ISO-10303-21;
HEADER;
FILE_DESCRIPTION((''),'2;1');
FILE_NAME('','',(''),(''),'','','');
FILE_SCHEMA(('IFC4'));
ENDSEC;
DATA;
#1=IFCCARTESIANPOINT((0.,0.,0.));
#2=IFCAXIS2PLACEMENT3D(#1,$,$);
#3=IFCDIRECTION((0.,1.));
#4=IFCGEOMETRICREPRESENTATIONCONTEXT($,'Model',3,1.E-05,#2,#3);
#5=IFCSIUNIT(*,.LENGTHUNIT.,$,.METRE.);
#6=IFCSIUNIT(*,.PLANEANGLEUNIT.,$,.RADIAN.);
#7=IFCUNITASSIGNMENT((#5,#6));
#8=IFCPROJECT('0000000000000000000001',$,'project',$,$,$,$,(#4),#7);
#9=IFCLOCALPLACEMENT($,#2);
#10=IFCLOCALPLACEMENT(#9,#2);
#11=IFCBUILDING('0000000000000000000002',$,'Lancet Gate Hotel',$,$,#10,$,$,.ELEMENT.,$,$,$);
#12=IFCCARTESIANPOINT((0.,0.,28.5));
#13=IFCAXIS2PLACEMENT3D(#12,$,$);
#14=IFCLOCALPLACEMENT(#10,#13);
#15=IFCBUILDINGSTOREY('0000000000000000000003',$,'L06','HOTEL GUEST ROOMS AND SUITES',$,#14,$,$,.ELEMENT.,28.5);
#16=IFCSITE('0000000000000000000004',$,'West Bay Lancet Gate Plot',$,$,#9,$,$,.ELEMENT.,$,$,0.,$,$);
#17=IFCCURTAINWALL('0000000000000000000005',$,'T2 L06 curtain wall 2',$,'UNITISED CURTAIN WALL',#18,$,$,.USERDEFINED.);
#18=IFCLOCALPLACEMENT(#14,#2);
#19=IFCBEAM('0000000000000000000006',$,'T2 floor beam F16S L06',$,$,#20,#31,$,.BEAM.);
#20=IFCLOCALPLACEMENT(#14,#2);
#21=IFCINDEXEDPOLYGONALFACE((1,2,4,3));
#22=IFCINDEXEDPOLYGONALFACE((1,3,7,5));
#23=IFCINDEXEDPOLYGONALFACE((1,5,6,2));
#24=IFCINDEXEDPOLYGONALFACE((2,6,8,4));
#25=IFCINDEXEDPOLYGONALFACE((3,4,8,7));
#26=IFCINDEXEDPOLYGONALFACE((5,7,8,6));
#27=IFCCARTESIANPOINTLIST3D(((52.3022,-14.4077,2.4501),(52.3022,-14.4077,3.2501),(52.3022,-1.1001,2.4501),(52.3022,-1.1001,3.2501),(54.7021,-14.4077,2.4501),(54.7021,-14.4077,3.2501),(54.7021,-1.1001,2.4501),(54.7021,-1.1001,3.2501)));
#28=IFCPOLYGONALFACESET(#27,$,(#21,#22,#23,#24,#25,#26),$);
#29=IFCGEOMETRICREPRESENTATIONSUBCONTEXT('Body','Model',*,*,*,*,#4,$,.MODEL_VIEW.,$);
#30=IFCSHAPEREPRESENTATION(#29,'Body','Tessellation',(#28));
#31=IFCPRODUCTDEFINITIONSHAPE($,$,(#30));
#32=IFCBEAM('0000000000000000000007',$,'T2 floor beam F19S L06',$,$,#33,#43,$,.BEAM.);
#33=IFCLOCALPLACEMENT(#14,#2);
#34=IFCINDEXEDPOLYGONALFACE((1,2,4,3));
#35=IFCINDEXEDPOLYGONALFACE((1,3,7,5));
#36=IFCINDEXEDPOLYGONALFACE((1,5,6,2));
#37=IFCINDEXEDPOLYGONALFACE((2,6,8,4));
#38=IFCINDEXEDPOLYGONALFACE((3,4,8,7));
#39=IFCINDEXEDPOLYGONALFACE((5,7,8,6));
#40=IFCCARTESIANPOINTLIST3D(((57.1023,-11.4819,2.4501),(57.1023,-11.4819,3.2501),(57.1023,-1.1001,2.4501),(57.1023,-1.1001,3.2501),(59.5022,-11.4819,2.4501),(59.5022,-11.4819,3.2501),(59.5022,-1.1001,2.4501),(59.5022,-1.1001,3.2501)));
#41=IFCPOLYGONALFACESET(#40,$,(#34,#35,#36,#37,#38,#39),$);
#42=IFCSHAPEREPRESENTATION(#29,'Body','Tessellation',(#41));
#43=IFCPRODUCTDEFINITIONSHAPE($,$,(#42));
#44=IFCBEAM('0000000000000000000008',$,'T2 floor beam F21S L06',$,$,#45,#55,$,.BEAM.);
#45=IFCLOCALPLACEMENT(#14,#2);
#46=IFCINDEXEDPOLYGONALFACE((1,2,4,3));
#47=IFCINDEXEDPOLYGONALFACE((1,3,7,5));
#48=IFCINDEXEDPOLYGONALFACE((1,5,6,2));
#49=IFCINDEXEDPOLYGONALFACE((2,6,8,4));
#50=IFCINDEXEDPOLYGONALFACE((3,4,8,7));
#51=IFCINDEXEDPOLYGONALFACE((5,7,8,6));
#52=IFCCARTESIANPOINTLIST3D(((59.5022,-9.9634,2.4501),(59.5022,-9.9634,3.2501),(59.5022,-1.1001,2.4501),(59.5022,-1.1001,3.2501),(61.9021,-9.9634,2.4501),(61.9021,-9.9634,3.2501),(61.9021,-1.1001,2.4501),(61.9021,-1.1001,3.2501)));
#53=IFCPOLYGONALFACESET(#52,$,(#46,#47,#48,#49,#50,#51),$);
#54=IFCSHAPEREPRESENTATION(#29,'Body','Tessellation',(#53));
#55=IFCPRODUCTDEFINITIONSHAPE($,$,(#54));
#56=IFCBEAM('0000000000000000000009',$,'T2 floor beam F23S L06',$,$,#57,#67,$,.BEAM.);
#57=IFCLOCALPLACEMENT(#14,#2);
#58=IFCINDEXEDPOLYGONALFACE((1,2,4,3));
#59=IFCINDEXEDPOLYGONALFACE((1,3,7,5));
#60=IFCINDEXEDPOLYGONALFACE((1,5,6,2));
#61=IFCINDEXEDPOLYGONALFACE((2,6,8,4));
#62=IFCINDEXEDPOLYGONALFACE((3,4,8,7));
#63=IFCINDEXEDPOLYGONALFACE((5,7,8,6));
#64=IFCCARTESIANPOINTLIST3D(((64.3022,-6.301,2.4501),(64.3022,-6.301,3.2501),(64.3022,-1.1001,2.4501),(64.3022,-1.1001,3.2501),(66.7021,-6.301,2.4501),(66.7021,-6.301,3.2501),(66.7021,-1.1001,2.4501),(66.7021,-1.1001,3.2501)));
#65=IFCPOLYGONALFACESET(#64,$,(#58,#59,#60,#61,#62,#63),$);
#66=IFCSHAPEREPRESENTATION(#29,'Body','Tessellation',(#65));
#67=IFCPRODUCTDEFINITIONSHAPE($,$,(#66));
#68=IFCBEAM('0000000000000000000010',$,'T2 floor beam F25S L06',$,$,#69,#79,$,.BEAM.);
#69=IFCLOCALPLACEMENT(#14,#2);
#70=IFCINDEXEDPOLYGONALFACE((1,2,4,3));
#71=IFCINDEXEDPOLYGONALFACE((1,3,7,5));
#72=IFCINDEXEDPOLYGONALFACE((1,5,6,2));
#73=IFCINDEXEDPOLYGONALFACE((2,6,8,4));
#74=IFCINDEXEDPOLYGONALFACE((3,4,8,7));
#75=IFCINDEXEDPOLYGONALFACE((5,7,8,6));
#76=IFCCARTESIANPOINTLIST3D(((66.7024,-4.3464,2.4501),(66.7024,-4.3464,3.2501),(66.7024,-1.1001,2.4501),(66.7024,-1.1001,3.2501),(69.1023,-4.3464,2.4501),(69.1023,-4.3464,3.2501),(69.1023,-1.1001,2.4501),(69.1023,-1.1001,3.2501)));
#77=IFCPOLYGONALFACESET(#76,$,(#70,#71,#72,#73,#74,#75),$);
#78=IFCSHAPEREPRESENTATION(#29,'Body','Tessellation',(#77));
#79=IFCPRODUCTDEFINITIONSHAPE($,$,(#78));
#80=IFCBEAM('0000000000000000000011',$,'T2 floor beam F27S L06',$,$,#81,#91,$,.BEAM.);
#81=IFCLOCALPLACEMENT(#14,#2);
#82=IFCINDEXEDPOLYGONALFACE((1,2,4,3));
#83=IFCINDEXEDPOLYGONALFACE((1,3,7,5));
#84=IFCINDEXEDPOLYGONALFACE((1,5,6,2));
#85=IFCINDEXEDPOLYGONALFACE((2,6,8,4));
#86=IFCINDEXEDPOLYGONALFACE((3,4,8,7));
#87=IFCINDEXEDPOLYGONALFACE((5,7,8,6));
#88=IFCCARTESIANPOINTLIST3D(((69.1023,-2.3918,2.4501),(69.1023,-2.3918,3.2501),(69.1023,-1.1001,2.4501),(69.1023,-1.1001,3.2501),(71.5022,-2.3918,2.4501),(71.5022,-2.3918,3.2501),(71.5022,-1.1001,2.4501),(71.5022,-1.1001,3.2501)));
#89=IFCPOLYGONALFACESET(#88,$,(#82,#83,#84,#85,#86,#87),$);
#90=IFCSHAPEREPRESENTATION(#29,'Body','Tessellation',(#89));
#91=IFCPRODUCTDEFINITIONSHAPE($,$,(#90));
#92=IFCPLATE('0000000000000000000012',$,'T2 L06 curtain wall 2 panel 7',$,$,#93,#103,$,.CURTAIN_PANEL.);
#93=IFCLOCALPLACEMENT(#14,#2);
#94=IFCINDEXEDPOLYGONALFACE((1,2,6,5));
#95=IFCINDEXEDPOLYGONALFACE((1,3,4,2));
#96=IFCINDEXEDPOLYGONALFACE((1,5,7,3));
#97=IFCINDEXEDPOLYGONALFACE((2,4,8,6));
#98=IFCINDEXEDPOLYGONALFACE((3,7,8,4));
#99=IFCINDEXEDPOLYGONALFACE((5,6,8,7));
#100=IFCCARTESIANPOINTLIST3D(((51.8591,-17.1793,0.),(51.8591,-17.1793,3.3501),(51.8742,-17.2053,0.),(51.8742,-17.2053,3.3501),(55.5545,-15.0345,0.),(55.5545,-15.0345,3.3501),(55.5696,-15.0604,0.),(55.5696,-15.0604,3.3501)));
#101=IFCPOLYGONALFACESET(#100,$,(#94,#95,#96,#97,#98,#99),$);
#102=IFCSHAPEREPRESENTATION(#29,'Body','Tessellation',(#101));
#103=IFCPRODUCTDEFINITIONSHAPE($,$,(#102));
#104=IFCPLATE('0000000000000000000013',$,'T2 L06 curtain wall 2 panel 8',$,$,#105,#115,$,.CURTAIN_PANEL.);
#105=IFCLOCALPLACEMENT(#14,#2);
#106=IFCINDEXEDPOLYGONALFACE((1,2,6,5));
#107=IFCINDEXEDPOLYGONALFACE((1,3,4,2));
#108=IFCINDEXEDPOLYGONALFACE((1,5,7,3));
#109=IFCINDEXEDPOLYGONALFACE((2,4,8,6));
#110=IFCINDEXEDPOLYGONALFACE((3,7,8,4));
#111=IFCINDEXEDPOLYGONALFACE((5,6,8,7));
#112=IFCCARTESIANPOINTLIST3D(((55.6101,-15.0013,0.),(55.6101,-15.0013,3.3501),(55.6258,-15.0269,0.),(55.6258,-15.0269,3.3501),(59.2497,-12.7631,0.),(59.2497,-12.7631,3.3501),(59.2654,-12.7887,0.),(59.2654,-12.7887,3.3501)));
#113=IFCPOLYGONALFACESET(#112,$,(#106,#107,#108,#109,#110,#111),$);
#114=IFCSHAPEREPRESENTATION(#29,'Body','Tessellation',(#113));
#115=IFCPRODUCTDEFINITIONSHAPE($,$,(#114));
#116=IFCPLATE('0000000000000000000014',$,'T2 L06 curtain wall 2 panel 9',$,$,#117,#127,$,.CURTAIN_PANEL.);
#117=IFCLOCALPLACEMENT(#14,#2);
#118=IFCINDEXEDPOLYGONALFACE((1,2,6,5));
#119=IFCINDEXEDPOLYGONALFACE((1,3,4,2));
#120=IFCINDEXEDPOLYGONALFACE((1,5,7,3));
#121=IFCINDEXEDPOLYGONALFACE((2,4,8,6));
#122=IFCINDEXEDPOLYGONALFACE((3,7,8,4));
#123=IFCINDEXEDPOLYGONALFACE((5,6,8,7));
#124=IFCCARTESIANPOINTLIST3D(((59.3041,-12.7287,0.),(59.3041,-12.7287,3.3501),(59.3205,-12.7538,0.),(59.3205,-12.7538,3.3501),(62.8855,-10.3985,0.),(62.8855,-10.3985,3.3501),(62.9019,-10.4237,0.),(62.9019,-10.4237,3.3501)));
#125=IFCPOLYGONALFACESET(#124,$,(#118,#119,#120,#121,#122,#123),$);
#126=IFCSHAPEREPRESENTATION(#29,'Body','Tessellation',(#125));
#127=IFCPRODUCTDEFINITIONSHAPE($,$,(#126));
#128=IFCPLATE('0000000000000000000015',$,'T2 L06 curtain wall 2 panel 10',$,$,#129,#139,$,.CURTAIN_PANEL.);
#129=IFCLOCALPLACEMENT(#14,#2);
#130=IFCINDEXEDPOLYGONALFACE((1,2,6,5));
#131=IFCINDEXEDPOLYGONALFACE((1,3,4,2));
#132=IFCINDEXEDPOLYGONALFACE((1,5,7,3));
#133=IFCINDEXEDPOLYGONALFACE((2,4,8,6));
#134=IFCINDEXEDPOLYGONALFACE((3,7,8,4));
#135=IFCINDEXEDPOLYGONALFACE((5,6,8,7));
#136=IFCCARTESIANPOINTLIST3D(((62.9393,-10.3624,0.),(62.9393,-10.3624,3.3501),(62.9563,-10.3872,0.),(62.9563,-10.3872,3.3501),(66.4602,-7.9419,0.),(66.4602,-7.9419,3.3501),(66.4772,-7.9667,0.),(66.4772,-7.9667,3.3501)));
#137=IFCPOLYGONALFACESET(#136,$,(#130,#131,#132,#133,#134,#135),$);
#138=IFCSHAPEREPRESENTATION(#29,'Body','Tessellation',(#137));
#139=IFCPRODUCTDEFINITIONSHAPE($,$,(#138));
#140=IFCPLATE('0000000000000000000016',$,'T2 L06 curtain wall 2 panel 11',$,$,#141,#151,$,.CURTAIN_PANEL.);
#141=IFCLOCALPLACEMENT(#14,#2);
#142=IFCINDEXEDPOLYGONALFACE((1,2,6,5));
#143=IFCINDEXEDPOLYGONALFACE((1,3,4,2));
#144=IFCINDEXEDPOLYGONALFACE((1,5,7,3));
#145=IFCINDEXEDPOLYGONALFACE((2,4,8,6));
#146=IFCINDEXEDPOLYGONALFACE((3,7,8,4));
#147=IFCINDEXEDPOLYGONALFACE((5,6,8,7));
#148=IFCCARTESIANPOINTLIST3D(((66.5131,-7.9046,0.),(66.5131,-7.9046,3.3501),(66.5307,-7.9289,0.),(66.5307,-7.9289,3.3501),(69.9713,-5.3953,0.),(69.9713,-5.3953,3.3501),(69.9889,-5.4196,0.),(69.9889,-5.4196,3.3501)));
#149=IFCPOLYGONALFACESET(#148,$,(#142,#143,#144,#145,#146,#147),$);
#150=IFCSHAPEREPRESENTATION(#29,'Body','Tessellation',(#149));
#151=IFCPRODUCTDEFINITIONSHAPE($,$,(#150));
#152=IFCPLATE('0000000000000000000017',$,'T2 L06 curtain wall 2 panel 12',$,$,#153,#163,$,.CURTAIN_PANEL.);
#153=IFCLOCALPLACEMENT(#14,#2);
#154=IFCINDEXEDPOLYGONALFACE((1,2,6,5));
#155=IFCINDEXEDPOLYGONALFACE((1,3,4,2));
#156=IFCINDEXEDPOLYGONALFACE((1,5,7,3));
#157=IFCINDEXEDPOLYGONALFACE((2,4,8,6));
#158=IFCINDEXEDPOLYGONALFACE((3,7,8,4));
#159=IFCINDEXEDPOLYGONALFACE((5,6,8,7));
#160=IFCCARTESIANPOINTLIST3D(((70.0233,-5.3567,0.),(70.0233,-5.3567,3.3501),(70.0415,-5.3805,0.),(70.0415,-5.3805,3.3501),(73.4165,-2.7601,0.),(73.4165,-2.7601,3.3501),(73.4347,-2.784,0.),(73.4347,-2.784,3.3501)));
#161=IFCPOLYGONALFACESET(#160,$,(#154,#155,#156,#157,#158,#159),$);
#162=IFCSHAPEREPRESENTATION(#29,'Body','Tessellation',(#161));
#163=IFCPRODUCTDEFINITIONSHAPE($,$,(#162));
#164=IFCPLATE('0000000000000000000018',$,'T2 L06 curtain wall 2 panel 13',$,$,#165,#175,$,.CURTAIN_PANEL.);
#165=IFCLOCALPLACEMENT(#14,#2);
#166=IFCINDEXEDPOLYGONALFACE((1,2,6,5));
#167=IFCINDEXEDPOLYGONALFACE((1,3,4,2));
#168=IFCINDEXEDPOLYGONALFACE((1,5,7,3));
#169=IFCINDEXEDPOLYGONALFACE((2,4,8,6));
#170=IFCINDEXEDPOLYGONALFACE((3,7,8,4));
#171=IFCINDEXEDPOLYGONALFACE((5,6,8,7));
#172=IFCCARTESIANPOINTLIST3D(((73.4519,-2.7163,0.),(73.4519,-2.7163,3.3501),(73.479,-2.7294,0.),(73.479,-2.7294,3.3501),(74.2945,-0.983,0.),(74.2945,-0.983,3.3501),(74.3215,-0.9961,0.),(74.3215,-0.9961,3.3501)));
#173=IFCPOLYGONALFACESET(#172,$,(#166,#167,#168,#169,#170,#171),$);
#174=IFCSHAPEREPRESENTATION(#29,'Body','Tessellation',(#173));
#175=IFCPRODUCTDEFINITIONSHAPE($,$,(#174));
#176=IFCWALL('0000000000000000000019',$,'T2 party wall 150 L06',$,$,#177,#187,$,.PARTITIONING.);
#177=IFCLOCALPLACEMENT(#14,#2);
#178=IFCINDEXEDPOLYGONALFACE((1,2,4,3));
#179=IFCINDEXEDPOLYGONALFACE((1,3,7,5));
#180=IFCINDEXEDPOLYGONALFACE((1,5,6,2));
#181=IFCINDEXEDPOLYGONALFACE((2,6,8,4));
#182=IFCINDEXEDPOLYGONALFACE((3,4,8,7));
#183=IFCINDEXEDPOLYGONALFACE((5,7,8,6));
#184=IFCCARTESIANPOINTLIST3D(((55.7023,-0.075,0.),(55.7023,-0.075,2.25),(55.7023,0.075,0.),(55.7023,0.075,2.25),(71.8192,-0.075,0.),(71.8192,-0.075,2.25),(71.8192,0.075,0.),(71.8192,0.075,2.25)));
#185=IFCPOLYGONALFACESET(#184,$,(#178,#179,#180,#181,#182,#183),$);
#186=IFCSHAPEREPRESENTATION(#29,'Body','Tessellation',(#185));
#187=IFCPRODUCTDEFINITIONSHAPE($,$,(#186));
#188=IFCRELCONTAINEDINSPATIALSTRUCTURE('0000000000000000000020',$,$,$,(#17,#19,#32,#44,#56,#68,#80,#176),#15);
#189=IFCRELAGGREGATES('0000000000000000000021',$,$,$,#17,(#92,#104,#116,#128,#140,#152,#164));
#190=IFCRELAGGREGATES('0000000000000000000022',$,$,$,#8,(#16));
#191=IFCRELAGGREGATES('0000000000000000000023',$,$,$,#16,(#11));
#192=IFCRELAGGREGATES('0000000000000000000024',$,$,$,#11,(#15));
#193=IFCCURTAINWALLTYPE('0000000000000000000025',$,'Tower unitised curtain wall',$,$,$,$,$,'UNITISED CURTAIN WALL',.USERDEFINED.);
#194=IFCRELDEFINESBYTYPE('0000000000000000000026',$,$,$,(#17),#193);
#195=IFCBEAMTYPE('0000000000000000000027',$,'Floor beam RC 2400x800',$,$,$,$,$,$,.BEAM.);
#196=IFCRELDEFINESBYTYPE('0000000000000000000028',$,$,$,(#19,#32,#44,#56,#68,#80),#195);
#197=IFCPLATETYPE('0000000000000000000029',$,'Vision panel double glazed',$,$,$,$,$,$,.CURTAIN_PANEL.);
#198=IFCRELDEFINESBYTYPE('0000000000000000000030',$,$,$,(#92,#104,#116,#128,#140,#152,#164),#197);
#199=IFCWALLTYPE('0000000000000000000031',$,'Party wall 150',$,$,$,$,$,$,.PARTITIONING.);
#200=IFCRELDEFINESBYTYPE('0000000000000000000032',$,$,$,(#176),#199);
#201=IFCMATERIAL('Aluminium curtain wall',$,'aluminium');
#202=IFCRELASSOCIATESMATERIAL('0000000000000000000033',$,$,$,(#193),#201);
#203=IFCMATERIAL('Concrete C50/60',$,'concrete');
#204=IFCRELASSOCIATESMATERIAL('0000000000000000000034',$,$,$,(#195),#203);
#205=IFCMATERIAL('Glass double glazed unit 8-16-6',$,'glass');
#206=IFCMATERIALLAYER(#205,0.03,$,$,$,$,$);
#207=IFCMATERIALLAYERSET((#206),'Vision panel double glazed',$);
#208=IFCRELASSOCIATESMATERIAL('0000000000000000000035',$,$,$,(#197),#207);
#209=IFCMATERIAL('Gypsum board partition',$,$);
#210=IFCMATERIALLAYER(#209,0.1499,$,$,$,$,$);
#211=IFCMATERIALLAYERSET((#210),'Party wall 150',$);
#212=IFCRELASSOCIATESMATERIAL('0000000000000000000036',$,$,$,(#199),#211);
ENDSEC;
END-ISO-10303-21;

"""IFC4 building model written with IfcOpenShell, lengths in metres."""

from ifc_helpers import new_model, si_unit, direction, frame, frame_2d, origin, origin_2d, place, context, subcontext, project, spatial, rectangle, extrude, material, layer, layer_set, material_profile, profile_set, type_object, element, aggregate, save


model = new_model("IFC4")

# Units and contexts
model_context = context("Model", 3, precision=1e-05, world=origin(), true_north=direction((0.0, 1.0)))
body_context = subcontext(model_context, "Body", "Model", "MODEL_VIEW")
ifc_project = project(units=[si_unit("LENGTHUNIT", "METRE"), si_unit("PLANEANGLEUNIT", "RADIAN")], contexts=[model_context])

# Site, building, storey
site_placement = place(None, origin())
site = spatial("IfcSite", under=ifc_project, at=site_placement, Name="West Bay Lancet Gate Plot", CompositionType="ELEMENT", RefElevation=0.0)
building_placement = place(site_placement, origin())
building = spatial("IfcBuilding", under=site, at=building_placement, Name="Lancet Gate Hotel", CompositionType="ELEMENT")
storey_placement = place(building_placement, frame((0.0, 0.0, 28.5)))
storey = spatial("IfcBuildingStorey", under=building, at=storey_placement, Name="L06", Description="HOTEL GUEST ROOMS AND SUITES", CompositionType="ELEMENT", Elevation=28.5)

# Curtain wall
ifc_material_1 = material(Name="Aluminium curtain wall", Category="aluminium")
curtain_wall_type = type_object("IfcCurtainWallType", Name="Tower unitised curtain wall", ElementType="UNITISED CURTAIN WALL", PredefinedType="USERDEFINED", material=ifc_material_1)
curtain_wall_placement = place(storey_placement, origin())
curtain_wall = element("IfcCurtainWall", 1, at=curtain_wall_placement, inside=storey, type_object=curtain_wall_type, Name="T2 L06 curtain wall 2", ObjectType="UNITISED CURTAIN WALL", PredefinedType="USERDEFINED")

# Beams
ifc_material_2 = material(Name="Concrete C50/60", Category="concrete")
ifc_material_profile_1 = material_profile(ifc_material_2, rectangle(XDim=2.3999, YDim=0.8, at=origin_2d()), Name="RC 2400x800")
ifc_profile_set_1 = profile_set([ifc_material_profile_1], Name="Concrete C50/60")
beam_type_1 = type_object("IfcBeamType", Name="Floor beam RC 2400x800", PredefinedType="BEAM", material=ifc_profile_set_1)
beam_1_placement = place(storey_placement, frame((53.5022, -14.4077, 2.8501), z_axis=(0.0, 1.0, 0.0), x_axis=(-1.0, 0.0, 0.0)))
element("IfcBeam", 2, at=beam_1_placement, inside=storey, type_object=beam_type_1, Name="T2 floor beam F16S L06", PredefinedType="BEAM", context=body_context, shape_type="SweptSolid", body=[
    extrude(rectangle(XDim=2.3999, YDim=0.8, at=origin_2d()), origin(), (0.0, 0.0, 1.0), 13.3076),
])
beam_2_placement = place(storey_placement, frame((58.3022, -11.4819, 2.8501), z_axis=(0.0, 1.0, 0.0), x_axis=(-1.0, 0.0, 0.0)))
element("IfcBeam", 3, at=beam_2_placement, inside=storey, type_object=beam_type_1, Name="T2 floor beam F19S L06", PredefinedType="BEAM", context=body_context, shape_type="SweptSolid", body=[
    extrude(rectangle(XDim=2.3999, YDim=0.8, at=origin_2d()), origin(), (0.0, 0.0, 1.0), 10.3818),
])
beam_3_placement = place(storey_placement, frame((60.7021, -9.9634, 2.8501), z_axis=(0.0, 1.0, 0.0), x_axis=(-1.0, 0.0, 0.0)))
element("IfcBeam", 4, at=beam_3_placement, inside=storey, type_object=beam_type_1, Name="T2 floor beam F21S L06", PredefinedType="BEAM", context=body_context, shape_type="SweptSolid", body=[
    extrude(rectangle(XDim=2.3999, YDim=0.8, at=origin_2d()), origin(), (0.0, 0.0, 1.0), 8.8633),
])
beam_4_placement = place(storey_placement, frame((65.5022, -6.301, 2.8501), z_axis=(0.0, 1.0, 0.0), x_axis=(-1.0, 0.0, 0.0)))
element("IfcBeam", 5, at=beam_4_placement, inside=storey, type_object=beam_type_1, Name="T2 floor beam F23S L06", PredefinedType="BEAM", context=body_context, shape_type="SweptSolid", body=[
    extrude(rectangle(XDim=2.3999, YDim=0.8, at=origin_2d()), origin(), (0.0, 0.0, 1.0), 5.2009),
])
beam_5_placement = place(storey_placement, frame((67.9023, -4.3464, 2.8501), z_axis=(0.0, 1.0, 0.0), x_axis=(-1.0, 0.0, 0.0)))
element("IfcBeam", 6, at=beam_5_placement, inside=storey, type_object=beam_type_1, Name="T2 floor beam F25S L06", PredefinedType="BEAM", context=body_context, shape_type="SweptSolid", body=[
    extrude(rectangle(XDim=2.3999, YDim=0.8, at=origin_2d()), origin(), (0.0, 0.0, 1.0), 3.2463),
])
beam_6_placement = place(storey_placement, frame((70.3022, -2.3918, 2.8501), z_axis=(0.0, 1.0, 0.0), x_axis=(-1.0, 0.0, 0.0)))
element("IfcBeam", 7, at=beam_6_placement, inside=storey, type_object=beam_type_1, Name="T2 floor beam F27S L06", PredefinedType="BEAM", context=body_context, shape_type="SweptSolid", body=[
    extrude(rectangle(XDim=2.3999, YDim=0.8, at=origin_2d()), origin(), (0.0, 0.0, 1.0), 1.2917),
])

# Plates
ifc_material_3 = material(Name="Glass double glazed unit 8-16-6", Category="glass")
ifc_layer_1 = layer(ifc_material_3, 0.03)
ifc_layer_set_1 = layer_set([ifc_layer_1], Name="Vision panel double glazed")
plate_type = type_object("IfcPlateType", Name="Vision panel double glazed", PredefinedType="CURTAIN_PANEL", material=ifc_layer_set_1)
plate_1_placement = place(storey_placement, frame((53.7144, -16.1199, 0.0), z_axis=(0.0, 0.0, 1.0), x_axis=(0.864872, 0.501993, 0.0)))
plate_1 = element("IfcPlate", 8, at=plate_1_placement, type_object=plate_type, Name="T2 L06 curtain wall 2 panel 7", PredefinedType="CURTAIN_PANEL", context=body_context, shape_type="SweptSolid", body=[
    extrude(rectangle(XDim=4.2727, YDim=0.03, at=origin_2d()), origin(), (0.0, 0.0, 1.0), 3.3501),
])
plate_2_placement = place(storey_placement, frame((57.4377, -13.895, 0.0), z_axis=(0.0, 0.0, 1.0), x_axis=(0.851815, 0.523842, 0.0)))
plate_2 = element("IfcPlate", 9, at=plate_2_placement, type_object=plate_type, Name="T2 L06 curtain wall 2 panel 8", PredefinedType="CURTAIN_PANEL", context=body_context, shape_type="SweptSolid", body=[
    extrude(rectangle(XDim=4.2727, YDim=0.03, at=origin_2d()), origin(), (0.0, 0.0, 1.0), 3.3501),
])
plate_3_placement = place(storey_placement, frame((61.103, -11.5762, 0.0), z_axis=(0.0, 0.0, 1.0), x_axis=(0.838207, 0.545353, 0.0)))
plate_3 = element("IfcPlate", 10, at=plate_3_placement, type_object=plate_type, Name="T2 L06 curtain wall 2 panel 9", PredefinedType="CURTAIN_PANEL", context=body_context, shape_type="SweptSolid", body=[
    extrude(rectangle(XDim=4.2727, YDim=0.03, at=origin_2d()), origin(), (0.0, 0.0, 1.0), 3.3501),
])
plate_4_placement = place(storey_placement, frame((64.7083, -9.1646, 0.0), z_axis=(0.0, 0.0, 1.0), x_axis=(0.824055, 0.566509, 0.0)))
plate_4 = element("IfcPlate", 11, at=plate_4_placement, type_object=plate_type, Name="T2 L06 curtain wall 2 panel 10", PredefinedType="CURTAIN_PANEL", context=body_context, shape_type="SweptSolid", body=[
    extrude(rectangle(XDim=4.2727, YDim=0.03, at=origin_2d()), origin(), (0.0, 0.0, 1.0), 3.3501),
])
plate_5_placement = place(storey_placement, frame((68.251, -6.6621, 0.0), z_axis=(0.0, 0.0, 1.0), x_axis=(0.80937, 0.587299, 0.0)))
plate_5 = element("IfcPlate", 12, at=plate_5_placement, type_object=plate_type, Name="T2 L06 curtain wall 2 panel 11", PredefinedType="CURTAIN_PANEL", context=body_context, shape_type="SweptSolid", body=[
    extrude(rectangle(XDim=4.2727, YDim=0.03, at=origin_2d()), origin(), (0.0, 0.0, 1.0), 3.3501),
])
plate_6_placement = place(storey_placement, frame((71.729, -4.0703, 0.0), z_axis=(0.0, 0.0, 1.0), x_axis=(0.79416, 0.607709, 0.0)))
plate_6 = element("IfcPlate", 13, at=plate_6_placement, type_object=plate_type, Name="T2 L06 curtain wall 2 panel 12", PredefinedType="CURTAIN_PANEL", context=body_context, shape_type="SweptSolid", body=[
    extrude(rectangle(XDim=4.2727, YDim=0.03, at=origin_2d()), origin(), (0.0, 0.0, 1.0), 3.3501),
])
plate_7_placement = place(storey_placement, frame((73.8867, -1.8562, 0.0), z_axis=(0.0, 0.0, 1.0), x_axis=(0.437169, 0.899379, 0.0)))
plate_7 = element("IfcPlate", 14, at=plate_7_placement, type_object=plate_type, Name="T2 L06 curtain wall 2 panel 13", PredefinedType="CURTAIN_PANEL", context=body_context, shape_type="SweptSolid", body=[
    extrude(rectangle(XDim=1.9272, YDim=0.03, at=origin_2d()), origin(), (0.0, 0.0, 1.0), 3.3501),
])
aggregate(curtain_wall, [plate_1, plate_2, plate_3, plate_4, plate_5, plate_6, plate_7])

# Wall
ifc_material_4 = material(Name="Gypsum board partition")
ifc_layer_2 = layer(ifc_material_4, 0.1499)
ifc_layer_set_2 = layer_set([ifc_layer_2], Name="Party wall 150")
wall_type = type_object("IfcWallType", Name="Party wall 150", PredefinedType="PARTITIONING", material=ifc_layer_set_2)
wall_placement = place(storey_placement, frame((55.7021, 0.0, 0.0), z_axis=(0.0, 0.0, 1.0), x_axis=(1.0, 0.0, 0.0)))
element("IfcWall", 15, at=wall_placement, inside=storey, type_object=wall_type, Name="T2 party wall 150 L06", PredefinedType="PARTITIONING", context=body_context, shape_type="SweptSolid", body=[
    extrude(rectangle(XDim=16.1169, YDim=0.1499, at=frame_2d((8.0586, 0.0))), origin(), (0.0, 0.0, 1.0), 2.25),
])

save(model, "model.ifc")
